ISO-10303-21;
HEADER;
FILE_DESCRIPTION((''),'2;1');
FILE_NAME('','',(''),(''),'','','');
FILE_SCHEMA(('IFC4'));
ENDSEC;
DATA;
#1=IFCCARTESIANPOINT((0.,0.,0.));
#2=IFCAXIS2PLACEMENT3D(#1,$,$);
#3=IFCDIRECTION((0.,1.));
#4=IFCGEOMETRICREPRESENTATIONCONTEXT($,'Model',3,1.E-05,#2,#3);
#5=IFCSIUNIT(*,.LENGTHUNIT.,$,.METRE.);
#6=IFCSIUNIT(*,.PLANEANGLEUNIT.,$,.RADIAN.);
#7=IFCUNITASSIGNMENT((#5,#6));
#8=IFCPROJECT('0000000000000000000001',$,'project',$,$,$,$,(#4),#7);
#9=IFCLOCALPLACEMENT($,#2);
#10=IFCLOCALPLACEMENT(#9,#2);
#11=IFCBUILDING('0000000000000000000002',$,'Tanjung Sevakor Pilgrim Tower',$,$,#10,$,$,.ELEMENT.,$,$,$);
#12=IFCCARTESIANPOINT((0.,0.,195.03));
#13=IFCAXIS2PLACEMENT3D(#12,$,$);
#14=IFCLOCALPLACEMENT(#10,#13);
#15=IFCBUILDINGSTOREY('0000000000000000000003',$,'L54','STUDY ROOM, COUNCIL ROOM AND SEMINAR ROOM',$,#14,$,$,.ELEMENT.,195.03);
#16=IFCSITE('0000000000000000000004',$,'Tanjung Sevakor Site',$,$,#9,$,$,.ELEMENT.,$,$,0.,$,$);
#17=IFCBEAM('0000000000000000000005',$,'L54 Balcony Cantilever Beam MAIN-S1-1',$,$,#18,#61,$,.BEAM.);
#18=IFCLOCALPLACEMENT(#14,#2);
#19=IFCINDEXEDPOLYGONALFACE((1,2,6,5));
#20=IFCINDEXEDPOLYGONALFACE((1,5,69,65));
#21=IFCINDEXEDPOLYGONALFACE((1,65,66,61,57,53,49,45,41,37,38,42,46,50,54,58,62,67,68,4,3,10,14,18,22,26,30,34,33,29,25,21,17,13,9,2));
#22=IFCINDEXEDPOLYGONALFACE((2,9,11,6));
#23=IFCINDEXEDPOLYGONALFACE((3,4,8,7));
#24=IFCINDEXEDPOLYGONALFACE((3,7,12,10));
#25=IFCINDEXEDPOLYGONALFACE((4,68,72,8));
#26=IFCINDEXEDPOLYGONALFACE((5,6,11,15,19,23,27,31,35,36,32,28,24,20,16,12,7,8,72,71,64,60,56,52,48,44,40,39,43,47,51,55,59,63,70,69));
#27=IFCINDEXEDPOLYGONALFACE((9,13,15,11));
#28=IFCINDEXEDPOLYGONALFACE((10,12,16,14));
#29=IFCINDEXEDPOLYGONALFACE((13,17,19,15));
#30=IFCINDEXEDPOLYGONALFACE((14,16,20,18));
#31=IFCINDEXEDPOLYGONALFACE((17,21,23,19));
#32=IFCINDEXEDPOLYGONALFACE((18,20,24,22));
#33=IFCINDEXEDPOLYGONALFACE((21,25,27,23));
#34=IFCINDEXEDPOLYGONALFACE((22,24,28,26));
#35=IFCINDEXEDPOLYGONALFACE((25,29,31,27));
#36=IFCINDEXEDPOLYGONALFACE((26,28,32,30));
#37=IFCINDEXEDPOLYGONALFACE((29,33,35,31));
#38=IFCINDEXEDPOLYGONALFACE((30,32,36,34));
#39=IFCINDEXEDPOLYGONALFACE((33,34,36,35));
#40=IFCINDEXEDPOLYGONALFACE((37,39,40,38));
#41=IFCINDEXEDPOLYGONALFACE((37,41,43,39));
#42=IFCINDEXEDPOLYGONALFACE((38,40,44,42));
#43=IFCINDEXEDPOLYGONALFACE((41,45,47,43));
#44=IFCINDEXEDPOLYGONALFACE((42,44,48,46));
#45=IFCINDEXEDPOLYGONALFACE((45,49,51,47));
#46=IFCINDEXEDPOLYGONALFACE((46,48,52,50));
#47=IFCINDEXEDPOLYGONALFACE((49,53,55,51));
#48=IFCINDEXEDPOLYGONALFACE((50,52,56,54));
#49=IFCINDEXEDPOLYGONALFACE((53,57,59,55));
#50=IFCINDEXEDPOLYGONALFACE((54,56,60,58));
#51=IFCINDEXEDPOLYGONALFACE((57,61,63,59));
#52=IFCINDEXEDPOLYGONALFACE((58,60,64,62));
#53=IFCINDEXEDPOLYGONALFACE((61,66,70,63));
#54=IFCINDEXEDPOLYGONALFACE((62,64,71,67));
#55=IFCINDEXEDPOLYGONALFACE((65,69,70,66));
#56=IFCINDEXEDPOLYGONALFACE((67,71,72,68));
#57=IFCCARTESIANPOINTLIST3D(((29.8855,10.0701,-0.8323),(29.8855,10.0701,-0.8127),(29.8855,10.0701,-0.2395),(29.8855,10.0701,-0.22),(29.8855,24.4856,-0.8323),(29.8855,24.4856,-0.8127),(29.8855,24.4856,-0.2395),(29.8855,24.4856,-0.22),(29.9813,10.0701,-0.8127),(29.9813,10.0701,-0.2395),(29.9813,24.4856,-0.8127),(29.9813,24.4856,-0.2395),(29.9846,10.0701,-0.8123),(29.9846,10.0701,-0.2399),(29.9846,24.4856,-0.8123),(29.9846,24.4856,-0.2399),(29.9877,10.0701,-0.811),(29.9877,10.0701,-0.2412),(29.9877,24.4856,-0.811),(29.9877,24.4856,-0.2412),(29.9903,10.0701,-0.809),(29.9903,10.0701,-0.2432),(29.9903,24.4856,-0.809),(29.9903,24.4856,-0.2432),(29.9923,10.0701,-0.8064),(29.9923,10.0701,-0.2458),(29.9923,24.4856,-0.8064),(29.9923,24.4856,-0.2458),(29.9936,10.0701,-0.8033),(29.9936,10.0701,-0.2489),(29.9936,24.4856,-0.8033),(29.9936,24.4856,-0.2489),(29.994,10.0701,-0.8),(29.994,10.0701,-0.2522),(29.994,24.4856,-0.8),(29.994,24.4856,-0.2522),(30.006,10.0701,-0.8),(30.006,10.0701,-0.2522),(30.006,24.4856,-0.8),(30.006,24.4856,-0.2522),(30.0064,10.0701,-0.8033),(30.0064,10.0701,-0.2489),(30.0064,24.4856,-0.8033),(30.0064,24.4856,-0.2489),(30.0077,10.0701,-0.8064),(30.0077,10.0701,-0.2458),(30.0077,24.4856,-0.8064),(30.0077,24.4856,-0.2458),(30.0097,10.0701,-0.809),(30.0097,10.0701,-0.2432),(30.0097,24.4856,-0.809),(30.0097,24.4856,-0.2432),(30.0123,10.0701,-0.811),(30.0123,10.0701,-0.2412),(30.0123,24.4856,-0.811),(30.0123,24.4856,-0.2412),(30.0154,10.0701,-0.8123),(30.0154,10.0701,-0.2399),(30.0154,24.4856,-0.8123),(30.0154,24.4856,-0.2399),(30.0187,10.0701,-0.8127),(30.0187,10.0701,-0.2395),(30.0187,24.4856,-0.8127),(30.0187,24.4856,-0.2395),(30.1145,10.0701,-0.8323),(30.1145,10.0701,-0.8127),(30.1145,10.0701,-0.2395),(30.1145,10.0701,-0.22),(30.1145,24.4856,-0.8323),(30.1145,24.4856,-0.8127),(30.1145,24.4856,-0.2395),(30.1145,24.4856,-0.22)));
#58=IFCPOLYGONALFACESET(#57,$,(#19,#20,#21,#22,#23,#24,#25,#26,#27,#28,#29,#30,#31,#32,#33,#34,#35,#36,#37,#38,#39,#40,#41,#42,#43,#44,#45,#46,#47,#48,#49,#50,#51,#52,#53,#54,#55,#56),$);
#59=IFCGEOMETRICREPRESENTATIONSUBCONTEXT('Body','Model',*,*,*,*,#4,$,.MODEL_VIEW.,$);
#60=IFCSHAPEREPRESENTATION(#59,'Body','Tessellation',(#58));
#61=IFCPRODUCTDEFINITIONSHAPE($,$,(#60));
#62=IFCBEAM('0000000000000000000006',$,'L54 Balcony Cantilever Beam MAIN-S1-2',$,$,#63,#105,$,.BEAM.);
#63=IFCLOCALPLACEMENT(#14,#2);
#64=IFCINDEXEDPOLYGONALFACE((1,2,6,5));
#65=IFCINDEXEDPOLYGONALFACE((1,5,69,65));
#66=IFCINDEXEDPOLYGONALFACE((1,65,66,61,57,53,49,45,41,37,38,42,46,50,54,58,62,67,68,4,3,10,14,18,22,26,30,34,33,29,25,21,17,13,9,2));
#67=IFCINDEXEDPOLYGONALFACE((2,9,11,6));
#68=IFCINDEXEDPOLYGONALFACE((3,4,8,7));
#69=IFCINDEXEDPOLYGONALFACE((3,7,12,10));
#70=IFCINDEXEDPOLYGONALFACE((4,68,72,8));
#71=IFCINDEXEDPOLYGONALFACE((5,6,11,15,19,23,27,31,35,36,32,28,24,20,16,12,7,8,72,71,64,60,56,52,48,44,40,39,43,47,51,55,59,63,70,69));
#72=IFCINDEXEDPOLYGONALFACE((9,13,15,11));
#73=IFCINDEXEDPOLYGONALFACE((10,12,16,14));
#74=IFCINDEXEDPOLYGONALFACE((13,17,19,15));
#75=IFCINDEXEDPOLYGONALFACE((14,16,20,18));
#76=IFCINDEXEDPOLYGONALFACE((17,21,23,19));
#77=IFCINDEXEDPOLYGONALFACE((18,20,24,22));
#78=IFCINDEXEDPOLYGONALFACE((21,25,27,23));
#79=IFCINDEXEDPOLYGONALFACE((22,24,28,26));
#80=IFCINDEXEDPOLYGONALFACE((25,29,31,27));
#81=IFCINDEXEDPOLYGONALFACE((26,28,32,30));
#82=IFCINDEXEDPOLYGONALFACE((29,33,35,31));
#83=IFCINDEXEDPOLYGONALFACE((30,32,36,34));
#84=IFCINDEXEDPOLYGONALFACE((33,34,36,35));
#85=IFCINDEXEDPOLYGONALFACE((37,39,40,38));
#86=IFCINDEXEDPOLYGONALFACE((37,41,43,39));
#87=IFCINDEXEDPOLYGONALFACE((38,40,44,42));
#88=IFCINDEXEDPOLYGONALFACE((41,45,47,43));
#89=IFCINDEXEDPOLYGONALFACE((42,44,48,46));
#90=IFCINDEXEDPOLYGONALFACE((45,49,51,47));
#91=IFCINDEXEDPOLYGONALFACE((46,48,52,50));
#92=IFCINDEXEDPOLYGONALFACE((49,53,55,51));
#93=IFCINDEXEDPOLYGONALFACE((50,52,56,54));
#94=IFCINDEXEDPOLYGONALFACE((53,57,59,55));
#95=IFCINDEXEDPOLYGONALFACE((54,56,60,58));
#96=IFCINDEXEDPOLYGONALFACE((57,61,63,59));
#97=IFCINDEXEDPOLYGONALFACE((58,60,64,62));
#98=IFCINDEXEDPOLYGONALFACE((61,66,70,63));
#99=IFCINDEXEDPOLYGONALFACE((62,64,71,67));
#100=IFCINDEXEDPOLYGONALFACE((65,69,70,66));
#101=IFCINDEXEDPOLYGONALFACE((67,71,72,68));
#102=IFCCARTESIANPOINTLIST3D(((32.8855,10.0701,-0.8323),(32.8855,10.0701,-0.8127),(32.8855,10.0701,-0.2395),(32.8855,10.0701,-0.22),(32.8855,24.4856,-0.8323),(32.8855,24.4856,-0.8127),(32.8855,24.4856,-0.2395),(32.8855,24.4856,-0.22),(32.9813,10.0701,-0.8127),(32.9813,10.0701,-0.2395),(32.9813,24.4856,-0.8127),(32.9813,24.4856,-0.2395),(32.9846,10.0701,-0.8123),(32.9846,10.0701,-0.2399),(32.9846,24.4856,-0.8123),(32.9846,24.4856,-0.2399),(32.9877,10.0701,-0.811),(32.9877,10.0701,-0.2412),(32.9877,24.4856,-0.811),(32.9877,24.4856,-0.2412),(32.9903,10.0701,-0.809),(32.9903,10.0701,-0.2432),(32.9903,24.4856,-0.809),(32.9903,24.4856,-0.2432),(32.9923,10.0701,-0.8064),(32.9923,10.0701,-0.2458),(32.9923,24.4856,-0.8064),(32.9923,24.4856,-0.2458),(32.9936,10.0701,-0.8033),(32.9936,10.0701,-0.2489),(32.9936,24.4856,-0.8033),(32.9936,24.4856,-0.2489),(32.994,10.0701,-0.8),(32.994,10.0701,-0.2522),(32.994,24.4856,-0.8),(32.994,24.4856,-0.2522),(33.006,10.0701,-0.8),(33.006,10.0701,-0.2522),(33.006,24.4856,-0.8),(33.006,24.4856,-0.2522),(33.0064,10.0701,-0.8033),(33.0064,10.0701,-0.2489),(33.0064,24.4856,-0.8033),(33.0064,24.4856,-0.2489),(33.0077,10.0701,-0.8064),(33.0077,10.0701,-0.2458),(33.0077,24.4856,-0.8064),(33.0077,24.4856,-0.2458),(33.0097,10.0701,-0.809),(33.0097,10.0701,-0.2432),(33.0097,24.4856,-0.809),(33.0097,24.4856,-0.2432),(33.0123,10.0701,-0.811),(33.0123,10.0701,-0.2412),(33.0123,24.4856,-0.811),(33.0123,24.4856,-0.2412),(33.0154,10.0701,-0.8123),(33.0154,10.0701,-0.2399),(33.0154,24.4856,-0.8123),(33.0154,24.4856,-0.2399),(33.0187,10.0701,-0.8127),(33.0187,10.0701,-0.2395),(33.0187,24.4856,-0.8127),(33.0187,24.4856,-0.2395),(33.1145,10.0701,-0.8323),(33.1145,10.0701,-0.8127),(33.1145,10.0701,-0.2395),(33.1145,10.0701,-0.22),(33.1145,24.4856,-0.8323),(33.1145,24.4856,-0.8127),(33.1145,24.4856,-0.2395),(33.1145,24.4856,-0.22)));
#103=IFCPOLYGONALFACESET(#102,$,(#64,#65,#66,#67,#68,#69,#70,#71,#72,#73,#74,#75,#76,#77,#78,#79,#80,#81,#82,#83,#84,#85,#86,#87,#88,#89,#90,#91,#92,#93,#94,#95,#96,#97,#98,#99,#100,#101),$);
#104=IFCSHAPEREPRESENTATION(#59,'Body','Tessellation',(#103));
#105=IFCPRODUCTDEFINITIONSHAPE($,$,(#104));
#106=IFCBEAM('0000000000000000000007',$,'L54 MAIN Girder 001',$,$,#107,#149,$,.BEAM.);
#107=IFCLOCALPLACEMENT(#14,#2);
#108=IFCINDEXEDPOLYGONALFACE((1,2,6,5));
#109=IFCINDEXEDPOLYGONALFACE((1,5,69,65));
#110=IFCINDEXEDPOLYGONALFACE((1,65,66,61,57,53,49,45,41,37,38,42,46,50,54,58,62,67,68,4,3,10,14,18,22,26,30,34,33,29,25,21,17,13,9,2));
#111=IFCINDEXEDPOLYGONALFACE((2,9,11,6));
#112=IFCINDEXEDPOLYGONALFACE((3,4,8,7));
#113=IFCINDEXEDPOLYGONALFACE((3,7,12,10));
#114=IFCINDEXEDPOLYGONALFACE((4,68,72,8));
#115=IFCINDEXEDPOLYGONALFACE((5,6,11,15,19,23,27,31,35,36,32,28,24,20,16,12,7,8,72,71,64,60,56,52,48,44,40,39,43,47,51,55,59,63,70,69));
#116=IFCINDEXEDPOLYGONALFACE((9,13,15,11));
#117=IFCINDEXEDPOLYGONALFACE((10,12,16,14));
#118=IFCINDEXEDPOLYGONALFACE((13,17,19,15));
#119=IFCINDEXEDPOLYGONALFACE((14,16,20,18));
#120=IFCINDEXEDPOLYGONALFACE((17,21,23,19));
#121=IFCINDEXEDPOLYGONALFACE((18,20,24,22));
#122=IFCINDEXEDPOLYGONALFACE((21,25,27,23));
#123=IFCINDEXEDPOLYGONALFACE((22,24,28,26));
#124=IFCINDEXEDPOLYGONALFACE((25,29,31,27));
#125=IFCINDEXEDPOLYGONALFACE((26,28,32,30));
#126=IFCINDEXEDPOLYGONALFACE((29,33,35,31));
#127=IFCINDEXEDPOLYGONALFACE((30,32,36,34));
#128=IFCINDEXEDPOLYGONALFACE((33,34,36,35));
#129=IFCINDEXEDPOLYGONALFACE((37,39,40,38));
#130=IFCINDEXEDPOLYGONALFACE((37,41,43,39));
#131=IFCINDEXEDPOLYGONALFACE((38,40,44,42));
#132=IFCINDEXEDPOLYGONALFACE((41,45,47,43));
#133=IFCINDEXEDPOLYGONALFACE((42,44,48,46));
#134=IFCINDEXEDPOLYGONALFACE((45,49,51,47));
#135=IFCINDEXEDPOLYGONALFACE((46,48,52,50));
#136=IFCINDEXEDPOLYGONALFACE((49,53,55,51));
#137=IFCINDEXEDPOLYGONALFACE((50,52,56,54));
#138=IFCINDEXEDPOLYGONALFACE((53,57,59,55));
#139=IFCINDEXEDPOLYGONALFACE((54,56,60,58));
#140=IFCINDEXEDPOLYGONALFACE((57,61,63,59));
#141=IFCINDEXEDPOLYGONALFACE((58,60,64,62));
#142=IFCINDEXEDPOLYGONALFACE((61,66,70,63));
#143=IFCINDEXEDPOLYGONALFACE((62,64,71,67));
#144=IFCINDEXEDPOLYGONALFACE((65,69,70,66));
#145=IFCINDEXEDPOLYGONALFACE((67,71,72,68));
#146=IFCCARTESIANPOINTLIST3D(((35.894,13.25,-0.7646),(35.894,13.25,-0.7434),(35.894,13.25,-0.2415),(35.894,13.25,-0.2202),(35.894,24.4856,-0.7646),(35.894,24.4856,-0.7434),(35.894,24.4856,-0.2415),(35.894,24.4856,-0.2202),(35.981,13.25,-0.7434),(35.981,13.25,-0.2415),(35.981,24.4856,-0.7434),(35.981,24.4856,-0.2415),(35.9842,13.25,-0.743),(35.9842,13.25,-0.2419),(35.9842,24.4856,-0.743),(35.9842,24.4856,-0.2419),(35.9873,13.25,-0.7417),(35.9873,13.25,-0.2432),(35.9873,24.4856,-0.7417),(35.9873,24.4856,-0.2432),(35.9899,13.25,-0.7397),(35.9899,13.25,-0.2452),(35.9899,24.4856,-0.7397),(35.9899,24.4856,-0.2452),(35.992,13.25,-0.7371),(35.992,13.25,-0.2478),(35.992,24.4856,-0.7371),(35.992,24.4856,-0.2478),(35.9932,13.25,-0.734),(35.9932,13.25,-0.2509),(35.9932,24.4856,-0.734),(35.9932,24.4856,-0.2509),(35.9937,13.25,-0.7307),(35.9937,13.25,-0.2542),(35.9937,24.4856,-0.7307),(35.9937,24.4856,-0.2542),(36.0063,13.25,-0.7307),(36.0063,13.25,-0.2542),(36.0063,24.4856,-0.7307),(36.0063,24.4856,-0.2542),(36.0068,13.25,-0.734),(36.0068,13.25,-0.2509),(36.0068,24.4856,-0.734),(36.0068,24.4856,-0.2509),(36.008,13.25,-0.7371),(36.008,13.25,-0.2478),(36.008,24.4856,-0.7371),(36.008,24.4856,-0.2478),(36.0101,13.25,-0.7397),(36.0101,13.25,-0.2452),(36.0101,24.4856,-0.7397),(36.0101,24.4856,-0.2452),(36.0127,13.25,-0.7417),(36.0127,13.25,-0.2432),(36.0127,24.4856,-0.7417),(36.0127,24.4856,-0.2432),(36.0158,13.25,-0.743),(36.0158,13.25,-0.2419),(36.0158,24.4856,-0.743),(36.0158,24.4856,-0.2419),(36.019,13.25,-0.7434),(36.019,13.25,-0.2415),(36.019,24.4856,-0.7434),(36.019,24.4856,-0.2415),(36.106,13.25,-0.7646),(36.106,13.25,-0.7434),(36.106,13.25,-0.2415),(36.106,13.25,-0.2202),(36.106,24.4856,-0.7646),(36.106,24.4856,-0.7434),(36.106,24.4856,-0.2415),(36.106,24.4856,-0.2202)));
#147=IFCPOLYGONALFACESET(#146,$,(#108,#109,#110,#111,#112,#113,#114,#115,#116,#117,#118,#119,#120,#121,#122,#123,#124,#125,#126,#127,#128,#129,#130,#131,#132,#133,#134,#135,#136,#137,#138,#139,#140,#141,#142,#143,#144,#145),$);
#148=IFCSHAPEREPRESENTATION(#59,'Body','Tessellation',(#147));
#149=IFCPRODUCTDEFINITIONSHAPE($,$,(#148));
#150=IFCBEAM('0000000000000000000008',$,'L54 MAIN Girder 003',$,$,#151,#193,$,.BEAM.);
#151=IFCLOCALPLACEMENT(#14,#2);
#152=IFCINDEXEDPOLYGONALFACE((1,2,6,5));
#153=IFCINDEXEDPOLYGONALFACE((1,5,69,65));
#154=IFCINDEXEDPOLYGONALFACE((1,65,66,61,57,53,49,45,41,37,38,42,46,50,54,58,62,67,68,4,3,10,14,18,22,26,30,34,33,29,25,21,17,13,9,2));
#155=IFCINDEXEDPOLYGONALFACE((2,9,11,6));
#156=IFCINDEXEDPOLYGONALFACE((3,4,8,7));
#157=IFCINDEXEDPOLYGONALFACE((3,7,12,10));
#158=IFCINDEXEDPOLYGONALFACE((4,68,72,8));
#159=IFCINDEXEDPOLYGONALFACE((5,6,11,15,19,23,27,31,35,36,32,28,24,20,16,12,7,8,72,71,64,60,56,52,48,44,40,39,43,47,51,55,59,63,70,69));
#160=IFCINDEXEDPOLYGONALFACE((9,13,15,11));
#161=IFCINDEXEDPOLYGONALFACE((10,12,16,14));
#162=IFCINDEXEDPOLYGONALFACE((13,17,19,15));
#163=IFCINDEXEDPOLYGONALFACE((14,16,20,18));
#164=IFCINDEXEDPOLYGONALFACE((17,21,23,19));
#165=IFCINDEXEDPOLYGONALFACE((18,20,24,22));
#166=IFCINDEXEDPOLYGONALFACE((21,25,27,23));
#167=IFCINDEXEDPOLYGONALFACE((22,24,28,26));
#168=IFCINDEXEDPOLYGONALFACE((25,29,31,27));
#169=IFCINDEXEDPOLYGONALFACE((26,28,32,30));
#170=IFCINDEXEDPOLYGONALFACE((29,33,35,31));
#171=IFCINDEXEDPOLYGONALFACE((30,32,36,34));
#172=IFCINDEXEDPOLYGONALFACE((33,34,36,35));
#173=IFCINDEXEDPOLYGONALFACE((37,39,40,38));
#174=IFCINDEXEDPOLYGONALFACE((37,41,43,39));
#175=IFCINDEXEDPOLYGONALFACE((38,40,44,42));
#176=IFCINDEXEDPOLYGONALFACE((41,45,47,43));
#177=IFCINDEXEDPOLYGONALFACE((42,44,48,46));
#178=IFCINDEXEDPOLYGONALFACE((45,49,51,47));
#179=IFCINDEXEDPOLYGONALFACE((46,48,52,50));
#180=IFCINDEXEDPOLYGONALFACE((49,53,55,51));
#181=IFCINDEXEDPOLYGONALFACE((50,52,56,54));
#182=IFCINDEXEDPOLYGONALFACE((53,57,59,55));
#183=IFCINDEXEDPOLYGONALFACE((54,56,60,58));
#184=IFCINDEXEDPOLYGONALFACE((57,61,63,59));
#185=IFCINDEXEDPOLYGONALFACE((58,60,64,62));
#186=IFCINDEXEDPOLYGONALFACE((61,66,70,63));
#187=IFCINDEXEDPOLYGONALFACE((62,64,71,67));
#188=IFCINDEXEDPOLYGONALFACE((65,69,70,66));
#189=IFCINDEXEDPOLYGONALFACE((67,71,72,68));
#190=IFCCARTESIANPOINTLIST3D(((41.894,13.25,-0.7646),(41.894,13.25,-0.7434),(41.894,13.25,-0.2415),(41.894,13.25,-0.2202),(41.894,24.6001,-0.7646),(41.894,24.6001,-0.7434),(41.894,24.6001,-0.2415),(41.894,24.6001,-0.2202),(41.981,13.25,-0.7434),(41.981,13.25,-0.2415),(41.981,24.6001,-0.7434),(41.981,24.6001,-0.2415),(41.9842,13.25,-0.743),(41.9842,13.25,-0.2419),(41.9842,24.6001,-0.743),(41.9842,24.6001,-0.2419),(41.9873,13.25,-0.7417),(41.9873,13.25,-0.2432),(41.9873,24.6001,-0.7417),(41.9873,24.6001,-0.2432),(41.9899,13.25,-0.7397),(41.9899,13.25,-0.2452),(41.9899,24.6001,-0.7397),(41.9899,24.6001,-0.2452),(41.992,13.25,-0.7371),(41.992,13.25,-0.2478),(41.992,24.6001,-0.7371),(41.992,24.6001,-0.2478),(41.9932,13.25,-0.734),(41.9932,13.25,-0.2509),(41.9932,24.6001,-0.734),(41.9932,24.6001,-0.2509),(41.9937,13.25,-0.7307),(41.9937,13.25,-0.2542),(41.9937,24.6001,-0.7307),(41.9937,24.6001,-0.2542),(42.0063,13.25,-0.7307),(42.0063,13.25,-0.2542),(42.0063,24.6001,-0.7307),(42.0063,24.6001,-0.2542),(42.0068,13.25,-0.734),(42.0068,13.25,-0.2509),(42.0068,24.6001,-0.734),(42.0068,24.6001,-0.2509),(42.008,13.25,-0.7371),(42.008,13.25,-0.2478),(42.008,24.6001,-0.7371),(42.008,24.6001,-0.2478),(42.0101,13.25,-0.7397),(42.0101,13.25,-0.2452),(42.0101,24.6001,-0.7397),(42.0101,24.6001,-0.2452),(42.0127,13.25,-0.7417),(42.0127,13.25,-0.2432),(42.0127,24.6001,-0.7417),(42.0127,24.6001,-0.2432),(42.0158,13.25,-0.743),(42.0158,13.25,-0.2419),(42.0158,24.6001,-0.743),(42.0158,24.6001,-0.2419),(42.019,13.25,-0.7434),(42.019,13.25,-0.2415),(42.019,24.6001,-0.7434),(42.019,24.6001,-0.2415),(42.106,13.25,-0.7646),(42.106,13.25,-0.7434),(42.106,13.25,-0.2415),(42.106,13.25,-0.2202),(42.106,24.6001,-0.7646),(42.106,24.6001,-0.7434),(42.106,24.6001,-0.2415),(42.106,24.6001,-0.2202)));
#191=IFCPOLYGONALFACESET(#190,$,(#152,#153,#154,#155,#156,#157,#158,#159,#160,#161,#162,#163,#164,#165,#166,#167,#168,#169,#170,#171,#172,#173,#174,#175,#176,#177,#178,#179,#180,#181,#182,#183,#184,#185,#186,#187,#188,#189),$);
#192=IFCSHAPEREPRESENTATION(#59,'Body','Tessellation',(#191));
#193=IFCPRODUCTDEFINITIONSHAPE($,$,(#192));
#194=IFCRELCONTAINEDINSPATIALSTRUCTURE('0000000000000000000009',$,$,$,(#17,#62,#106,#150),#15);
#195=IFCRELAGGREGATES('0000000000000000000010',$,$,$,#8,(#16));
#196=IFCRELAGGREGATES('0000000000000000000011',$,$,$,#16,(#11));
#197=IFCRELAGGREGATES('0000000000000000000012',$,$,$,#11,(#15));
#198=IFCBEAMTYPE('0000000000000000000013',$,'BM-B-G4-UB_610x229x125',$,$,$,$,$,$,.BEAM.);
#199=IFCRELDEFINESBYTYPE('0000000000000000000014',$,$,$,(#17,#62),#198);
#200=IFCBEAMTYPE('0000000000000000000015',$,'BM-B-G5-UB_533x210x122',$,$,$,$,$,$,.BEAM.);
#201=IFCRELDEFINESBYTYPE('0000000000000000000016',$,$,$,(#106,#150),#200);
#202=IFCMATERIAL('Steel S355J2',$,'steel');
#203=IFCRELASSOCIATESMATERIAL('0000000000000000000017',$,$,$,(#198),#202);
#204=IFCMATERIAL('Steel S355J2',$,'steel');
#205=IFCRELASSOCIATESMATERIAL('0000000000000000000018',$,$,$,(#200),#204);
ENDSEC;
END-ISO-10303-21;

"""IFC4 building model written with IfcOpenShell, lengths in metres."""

from ifc_helpers import new_model, si_unit, direction, frame, origin, origin_2d, place, context, subcontext, project, spatial, i_section, extrude, material, material_profile, profile_set, type_object, element, save


model = new_model("IFC4")

# Units and contexts
model_context = context("Model", 3, precision=1e-05, world=origin(), true_north=direction((0.0, 1.0)))
body_context = subcontext(model_context, "Body", "Model", "MODEL_VIEW")
ifc_project = project(units=[si_unit("LENGTHUNIT", "METRE"), si_unit("PLANEANGLEUNIT", "RADIAN")], contexts=[model_context])

# Site, building, storey
site_placement = place(None, origin())
site = spatial("IfcSite", under=ifc_project, at=site_placement, Name="Tanjung Sevakor Site", CompositionType="ELEMENT", RefElevation=0.0)
building_placement = place(site_placement, origin())
building = spatial("IfcBuilding", under=site, at=building_placement, Name="Tanjung Sevakor Pilgrim Tower", CompositionType="ELEMENT")
storey_placement = place(building_placement, frame((0.0, 0.0, 195.03)))
storey = spatial("IfcBuildingStorey", under=building, at=storey_placement, Name="L54", Description="STUDY ROOM, COUNCIL ROOM AND SEMINAR ROOM", CompositionType="ELEMENT", Elevation=195.03)

# Beams
ifc_material_1 = material(Name="Steel S355J2", Category="steel")
ifc_material_profile_1 = material_profile(ifc_material_1, i_section(OverallWidth=0.229, OverallDepth=0.6123, WebThickness=0.012, FlangeThickness=0.0195, FilletRadius=0.0127, at=origin_2d()))
ifc_profile_set_1 = profile_set([ifc_material_profile_1], Name="Steel S355J2")
beam_type_1 = type_object("IfcBeamType", Name="BM-B-G4-UB_610x229x125", PredefinedType="BEAM", material=ifc_profile_set_1)
for number, where, z_axis, x_axis, name in (
    (1, (30.0, 24.4856, -0.5261), (0.0, -1.0, 0.0), (1.0, 0.0, 0.0), "L54 Balcony Cantilever Beam MAIN-S1-1"),
    (2, (33.0, 24.4856, -0.5261), (0.0, -1.0, 0.0), (1.0, 0.0, 0.0), "L54 Balcony Cantilever Beam MAIN-S1-2"),
):
    element("IfcBeam", number, at=place(storey_placement, frame(where, z_axis=z_axis, x_axis=x_axis)), inside=storey, type_object=beam_type_1, Name=name, PredefinedType="BEAM", context=body_context, shape_type="SweptSolid", body=[
        extrude(i_section(OverallWidth=0.229, OverallDepth=0.6123, WebThickness=0.012, FlangeThickness=0.0195, FilletRadius=0.0127, at=origin_2d()), origin(), (0.0, 0.0, 1.0), 14.4155),
    ])
ifc_material_2 = material(Name="Steel S355J2", Category="steel")
ifc_material_profile_2 = material_profile(ifc_material_2, i_section(OverallWidth=0.2119, OverallDepth=0.5444, WebThickness=0.0127, FlangeThickness=0.0212, FilletRadius=0.0127, at=origin_2d()))
ifc_profile_set_2 = profile_set([ifc_material_profile_2], Name="Steel S355J2")
beam_type_2 = type_object("IfcBeamType", Name="BM-B-G5-UB_533x210x122", PredefinedType="BEAM", material=ifc_profile_set_2)
beam_1_placement = place(storey_placement, frame((36.0, 13.25, -0.4924), z_axis=(0.0, 1.0, 0.0), x_axis=(-1.0, 0.0, 0.0)))
element("IfcBeam", 3, at=beam_1_placement, inside=storey, type_object=beam_type_2, Name="L54 MAIN Girder 001", PredefinedType="BEAM", context=body_context, shape_type="SweptSolid", body=[
    extrude(i_section(OverallWidth=0.2119, OverallDepth=0.5444, WebThickness=0.0127, FlangeThickness=0.0212, FilletRadius=0.0127, at=origin_2d()), origin(), (0.0, 0.0, 1.0), 11.2356),
])
beam_2_placement = place(storey_placement, frame((42.0, 13.25, -0.4924), z_axis=(0.0, 1.0, 0.0), x_axis=(-1.0, 0.0, 0.0)))
element("IfcBeam", 4, at=beam_2_placement, inside=storey, type_object=beam_type_2, Name="L54 MAIN Girder 003", PredefinedType="BEAM", context=body_context, shape_type="SweptSolid", body=[
    extrude(i_section(OverallWidth=0.2119, OverallDepth=0.5444, WebThickness=0.0127, FlangeThickness=0.0212, FilletRadius=0.0127, at=origin_2d()), origin(), (0.0, 0.0, 1.0), 11.3501),
])

save(model, "model.ifc")
